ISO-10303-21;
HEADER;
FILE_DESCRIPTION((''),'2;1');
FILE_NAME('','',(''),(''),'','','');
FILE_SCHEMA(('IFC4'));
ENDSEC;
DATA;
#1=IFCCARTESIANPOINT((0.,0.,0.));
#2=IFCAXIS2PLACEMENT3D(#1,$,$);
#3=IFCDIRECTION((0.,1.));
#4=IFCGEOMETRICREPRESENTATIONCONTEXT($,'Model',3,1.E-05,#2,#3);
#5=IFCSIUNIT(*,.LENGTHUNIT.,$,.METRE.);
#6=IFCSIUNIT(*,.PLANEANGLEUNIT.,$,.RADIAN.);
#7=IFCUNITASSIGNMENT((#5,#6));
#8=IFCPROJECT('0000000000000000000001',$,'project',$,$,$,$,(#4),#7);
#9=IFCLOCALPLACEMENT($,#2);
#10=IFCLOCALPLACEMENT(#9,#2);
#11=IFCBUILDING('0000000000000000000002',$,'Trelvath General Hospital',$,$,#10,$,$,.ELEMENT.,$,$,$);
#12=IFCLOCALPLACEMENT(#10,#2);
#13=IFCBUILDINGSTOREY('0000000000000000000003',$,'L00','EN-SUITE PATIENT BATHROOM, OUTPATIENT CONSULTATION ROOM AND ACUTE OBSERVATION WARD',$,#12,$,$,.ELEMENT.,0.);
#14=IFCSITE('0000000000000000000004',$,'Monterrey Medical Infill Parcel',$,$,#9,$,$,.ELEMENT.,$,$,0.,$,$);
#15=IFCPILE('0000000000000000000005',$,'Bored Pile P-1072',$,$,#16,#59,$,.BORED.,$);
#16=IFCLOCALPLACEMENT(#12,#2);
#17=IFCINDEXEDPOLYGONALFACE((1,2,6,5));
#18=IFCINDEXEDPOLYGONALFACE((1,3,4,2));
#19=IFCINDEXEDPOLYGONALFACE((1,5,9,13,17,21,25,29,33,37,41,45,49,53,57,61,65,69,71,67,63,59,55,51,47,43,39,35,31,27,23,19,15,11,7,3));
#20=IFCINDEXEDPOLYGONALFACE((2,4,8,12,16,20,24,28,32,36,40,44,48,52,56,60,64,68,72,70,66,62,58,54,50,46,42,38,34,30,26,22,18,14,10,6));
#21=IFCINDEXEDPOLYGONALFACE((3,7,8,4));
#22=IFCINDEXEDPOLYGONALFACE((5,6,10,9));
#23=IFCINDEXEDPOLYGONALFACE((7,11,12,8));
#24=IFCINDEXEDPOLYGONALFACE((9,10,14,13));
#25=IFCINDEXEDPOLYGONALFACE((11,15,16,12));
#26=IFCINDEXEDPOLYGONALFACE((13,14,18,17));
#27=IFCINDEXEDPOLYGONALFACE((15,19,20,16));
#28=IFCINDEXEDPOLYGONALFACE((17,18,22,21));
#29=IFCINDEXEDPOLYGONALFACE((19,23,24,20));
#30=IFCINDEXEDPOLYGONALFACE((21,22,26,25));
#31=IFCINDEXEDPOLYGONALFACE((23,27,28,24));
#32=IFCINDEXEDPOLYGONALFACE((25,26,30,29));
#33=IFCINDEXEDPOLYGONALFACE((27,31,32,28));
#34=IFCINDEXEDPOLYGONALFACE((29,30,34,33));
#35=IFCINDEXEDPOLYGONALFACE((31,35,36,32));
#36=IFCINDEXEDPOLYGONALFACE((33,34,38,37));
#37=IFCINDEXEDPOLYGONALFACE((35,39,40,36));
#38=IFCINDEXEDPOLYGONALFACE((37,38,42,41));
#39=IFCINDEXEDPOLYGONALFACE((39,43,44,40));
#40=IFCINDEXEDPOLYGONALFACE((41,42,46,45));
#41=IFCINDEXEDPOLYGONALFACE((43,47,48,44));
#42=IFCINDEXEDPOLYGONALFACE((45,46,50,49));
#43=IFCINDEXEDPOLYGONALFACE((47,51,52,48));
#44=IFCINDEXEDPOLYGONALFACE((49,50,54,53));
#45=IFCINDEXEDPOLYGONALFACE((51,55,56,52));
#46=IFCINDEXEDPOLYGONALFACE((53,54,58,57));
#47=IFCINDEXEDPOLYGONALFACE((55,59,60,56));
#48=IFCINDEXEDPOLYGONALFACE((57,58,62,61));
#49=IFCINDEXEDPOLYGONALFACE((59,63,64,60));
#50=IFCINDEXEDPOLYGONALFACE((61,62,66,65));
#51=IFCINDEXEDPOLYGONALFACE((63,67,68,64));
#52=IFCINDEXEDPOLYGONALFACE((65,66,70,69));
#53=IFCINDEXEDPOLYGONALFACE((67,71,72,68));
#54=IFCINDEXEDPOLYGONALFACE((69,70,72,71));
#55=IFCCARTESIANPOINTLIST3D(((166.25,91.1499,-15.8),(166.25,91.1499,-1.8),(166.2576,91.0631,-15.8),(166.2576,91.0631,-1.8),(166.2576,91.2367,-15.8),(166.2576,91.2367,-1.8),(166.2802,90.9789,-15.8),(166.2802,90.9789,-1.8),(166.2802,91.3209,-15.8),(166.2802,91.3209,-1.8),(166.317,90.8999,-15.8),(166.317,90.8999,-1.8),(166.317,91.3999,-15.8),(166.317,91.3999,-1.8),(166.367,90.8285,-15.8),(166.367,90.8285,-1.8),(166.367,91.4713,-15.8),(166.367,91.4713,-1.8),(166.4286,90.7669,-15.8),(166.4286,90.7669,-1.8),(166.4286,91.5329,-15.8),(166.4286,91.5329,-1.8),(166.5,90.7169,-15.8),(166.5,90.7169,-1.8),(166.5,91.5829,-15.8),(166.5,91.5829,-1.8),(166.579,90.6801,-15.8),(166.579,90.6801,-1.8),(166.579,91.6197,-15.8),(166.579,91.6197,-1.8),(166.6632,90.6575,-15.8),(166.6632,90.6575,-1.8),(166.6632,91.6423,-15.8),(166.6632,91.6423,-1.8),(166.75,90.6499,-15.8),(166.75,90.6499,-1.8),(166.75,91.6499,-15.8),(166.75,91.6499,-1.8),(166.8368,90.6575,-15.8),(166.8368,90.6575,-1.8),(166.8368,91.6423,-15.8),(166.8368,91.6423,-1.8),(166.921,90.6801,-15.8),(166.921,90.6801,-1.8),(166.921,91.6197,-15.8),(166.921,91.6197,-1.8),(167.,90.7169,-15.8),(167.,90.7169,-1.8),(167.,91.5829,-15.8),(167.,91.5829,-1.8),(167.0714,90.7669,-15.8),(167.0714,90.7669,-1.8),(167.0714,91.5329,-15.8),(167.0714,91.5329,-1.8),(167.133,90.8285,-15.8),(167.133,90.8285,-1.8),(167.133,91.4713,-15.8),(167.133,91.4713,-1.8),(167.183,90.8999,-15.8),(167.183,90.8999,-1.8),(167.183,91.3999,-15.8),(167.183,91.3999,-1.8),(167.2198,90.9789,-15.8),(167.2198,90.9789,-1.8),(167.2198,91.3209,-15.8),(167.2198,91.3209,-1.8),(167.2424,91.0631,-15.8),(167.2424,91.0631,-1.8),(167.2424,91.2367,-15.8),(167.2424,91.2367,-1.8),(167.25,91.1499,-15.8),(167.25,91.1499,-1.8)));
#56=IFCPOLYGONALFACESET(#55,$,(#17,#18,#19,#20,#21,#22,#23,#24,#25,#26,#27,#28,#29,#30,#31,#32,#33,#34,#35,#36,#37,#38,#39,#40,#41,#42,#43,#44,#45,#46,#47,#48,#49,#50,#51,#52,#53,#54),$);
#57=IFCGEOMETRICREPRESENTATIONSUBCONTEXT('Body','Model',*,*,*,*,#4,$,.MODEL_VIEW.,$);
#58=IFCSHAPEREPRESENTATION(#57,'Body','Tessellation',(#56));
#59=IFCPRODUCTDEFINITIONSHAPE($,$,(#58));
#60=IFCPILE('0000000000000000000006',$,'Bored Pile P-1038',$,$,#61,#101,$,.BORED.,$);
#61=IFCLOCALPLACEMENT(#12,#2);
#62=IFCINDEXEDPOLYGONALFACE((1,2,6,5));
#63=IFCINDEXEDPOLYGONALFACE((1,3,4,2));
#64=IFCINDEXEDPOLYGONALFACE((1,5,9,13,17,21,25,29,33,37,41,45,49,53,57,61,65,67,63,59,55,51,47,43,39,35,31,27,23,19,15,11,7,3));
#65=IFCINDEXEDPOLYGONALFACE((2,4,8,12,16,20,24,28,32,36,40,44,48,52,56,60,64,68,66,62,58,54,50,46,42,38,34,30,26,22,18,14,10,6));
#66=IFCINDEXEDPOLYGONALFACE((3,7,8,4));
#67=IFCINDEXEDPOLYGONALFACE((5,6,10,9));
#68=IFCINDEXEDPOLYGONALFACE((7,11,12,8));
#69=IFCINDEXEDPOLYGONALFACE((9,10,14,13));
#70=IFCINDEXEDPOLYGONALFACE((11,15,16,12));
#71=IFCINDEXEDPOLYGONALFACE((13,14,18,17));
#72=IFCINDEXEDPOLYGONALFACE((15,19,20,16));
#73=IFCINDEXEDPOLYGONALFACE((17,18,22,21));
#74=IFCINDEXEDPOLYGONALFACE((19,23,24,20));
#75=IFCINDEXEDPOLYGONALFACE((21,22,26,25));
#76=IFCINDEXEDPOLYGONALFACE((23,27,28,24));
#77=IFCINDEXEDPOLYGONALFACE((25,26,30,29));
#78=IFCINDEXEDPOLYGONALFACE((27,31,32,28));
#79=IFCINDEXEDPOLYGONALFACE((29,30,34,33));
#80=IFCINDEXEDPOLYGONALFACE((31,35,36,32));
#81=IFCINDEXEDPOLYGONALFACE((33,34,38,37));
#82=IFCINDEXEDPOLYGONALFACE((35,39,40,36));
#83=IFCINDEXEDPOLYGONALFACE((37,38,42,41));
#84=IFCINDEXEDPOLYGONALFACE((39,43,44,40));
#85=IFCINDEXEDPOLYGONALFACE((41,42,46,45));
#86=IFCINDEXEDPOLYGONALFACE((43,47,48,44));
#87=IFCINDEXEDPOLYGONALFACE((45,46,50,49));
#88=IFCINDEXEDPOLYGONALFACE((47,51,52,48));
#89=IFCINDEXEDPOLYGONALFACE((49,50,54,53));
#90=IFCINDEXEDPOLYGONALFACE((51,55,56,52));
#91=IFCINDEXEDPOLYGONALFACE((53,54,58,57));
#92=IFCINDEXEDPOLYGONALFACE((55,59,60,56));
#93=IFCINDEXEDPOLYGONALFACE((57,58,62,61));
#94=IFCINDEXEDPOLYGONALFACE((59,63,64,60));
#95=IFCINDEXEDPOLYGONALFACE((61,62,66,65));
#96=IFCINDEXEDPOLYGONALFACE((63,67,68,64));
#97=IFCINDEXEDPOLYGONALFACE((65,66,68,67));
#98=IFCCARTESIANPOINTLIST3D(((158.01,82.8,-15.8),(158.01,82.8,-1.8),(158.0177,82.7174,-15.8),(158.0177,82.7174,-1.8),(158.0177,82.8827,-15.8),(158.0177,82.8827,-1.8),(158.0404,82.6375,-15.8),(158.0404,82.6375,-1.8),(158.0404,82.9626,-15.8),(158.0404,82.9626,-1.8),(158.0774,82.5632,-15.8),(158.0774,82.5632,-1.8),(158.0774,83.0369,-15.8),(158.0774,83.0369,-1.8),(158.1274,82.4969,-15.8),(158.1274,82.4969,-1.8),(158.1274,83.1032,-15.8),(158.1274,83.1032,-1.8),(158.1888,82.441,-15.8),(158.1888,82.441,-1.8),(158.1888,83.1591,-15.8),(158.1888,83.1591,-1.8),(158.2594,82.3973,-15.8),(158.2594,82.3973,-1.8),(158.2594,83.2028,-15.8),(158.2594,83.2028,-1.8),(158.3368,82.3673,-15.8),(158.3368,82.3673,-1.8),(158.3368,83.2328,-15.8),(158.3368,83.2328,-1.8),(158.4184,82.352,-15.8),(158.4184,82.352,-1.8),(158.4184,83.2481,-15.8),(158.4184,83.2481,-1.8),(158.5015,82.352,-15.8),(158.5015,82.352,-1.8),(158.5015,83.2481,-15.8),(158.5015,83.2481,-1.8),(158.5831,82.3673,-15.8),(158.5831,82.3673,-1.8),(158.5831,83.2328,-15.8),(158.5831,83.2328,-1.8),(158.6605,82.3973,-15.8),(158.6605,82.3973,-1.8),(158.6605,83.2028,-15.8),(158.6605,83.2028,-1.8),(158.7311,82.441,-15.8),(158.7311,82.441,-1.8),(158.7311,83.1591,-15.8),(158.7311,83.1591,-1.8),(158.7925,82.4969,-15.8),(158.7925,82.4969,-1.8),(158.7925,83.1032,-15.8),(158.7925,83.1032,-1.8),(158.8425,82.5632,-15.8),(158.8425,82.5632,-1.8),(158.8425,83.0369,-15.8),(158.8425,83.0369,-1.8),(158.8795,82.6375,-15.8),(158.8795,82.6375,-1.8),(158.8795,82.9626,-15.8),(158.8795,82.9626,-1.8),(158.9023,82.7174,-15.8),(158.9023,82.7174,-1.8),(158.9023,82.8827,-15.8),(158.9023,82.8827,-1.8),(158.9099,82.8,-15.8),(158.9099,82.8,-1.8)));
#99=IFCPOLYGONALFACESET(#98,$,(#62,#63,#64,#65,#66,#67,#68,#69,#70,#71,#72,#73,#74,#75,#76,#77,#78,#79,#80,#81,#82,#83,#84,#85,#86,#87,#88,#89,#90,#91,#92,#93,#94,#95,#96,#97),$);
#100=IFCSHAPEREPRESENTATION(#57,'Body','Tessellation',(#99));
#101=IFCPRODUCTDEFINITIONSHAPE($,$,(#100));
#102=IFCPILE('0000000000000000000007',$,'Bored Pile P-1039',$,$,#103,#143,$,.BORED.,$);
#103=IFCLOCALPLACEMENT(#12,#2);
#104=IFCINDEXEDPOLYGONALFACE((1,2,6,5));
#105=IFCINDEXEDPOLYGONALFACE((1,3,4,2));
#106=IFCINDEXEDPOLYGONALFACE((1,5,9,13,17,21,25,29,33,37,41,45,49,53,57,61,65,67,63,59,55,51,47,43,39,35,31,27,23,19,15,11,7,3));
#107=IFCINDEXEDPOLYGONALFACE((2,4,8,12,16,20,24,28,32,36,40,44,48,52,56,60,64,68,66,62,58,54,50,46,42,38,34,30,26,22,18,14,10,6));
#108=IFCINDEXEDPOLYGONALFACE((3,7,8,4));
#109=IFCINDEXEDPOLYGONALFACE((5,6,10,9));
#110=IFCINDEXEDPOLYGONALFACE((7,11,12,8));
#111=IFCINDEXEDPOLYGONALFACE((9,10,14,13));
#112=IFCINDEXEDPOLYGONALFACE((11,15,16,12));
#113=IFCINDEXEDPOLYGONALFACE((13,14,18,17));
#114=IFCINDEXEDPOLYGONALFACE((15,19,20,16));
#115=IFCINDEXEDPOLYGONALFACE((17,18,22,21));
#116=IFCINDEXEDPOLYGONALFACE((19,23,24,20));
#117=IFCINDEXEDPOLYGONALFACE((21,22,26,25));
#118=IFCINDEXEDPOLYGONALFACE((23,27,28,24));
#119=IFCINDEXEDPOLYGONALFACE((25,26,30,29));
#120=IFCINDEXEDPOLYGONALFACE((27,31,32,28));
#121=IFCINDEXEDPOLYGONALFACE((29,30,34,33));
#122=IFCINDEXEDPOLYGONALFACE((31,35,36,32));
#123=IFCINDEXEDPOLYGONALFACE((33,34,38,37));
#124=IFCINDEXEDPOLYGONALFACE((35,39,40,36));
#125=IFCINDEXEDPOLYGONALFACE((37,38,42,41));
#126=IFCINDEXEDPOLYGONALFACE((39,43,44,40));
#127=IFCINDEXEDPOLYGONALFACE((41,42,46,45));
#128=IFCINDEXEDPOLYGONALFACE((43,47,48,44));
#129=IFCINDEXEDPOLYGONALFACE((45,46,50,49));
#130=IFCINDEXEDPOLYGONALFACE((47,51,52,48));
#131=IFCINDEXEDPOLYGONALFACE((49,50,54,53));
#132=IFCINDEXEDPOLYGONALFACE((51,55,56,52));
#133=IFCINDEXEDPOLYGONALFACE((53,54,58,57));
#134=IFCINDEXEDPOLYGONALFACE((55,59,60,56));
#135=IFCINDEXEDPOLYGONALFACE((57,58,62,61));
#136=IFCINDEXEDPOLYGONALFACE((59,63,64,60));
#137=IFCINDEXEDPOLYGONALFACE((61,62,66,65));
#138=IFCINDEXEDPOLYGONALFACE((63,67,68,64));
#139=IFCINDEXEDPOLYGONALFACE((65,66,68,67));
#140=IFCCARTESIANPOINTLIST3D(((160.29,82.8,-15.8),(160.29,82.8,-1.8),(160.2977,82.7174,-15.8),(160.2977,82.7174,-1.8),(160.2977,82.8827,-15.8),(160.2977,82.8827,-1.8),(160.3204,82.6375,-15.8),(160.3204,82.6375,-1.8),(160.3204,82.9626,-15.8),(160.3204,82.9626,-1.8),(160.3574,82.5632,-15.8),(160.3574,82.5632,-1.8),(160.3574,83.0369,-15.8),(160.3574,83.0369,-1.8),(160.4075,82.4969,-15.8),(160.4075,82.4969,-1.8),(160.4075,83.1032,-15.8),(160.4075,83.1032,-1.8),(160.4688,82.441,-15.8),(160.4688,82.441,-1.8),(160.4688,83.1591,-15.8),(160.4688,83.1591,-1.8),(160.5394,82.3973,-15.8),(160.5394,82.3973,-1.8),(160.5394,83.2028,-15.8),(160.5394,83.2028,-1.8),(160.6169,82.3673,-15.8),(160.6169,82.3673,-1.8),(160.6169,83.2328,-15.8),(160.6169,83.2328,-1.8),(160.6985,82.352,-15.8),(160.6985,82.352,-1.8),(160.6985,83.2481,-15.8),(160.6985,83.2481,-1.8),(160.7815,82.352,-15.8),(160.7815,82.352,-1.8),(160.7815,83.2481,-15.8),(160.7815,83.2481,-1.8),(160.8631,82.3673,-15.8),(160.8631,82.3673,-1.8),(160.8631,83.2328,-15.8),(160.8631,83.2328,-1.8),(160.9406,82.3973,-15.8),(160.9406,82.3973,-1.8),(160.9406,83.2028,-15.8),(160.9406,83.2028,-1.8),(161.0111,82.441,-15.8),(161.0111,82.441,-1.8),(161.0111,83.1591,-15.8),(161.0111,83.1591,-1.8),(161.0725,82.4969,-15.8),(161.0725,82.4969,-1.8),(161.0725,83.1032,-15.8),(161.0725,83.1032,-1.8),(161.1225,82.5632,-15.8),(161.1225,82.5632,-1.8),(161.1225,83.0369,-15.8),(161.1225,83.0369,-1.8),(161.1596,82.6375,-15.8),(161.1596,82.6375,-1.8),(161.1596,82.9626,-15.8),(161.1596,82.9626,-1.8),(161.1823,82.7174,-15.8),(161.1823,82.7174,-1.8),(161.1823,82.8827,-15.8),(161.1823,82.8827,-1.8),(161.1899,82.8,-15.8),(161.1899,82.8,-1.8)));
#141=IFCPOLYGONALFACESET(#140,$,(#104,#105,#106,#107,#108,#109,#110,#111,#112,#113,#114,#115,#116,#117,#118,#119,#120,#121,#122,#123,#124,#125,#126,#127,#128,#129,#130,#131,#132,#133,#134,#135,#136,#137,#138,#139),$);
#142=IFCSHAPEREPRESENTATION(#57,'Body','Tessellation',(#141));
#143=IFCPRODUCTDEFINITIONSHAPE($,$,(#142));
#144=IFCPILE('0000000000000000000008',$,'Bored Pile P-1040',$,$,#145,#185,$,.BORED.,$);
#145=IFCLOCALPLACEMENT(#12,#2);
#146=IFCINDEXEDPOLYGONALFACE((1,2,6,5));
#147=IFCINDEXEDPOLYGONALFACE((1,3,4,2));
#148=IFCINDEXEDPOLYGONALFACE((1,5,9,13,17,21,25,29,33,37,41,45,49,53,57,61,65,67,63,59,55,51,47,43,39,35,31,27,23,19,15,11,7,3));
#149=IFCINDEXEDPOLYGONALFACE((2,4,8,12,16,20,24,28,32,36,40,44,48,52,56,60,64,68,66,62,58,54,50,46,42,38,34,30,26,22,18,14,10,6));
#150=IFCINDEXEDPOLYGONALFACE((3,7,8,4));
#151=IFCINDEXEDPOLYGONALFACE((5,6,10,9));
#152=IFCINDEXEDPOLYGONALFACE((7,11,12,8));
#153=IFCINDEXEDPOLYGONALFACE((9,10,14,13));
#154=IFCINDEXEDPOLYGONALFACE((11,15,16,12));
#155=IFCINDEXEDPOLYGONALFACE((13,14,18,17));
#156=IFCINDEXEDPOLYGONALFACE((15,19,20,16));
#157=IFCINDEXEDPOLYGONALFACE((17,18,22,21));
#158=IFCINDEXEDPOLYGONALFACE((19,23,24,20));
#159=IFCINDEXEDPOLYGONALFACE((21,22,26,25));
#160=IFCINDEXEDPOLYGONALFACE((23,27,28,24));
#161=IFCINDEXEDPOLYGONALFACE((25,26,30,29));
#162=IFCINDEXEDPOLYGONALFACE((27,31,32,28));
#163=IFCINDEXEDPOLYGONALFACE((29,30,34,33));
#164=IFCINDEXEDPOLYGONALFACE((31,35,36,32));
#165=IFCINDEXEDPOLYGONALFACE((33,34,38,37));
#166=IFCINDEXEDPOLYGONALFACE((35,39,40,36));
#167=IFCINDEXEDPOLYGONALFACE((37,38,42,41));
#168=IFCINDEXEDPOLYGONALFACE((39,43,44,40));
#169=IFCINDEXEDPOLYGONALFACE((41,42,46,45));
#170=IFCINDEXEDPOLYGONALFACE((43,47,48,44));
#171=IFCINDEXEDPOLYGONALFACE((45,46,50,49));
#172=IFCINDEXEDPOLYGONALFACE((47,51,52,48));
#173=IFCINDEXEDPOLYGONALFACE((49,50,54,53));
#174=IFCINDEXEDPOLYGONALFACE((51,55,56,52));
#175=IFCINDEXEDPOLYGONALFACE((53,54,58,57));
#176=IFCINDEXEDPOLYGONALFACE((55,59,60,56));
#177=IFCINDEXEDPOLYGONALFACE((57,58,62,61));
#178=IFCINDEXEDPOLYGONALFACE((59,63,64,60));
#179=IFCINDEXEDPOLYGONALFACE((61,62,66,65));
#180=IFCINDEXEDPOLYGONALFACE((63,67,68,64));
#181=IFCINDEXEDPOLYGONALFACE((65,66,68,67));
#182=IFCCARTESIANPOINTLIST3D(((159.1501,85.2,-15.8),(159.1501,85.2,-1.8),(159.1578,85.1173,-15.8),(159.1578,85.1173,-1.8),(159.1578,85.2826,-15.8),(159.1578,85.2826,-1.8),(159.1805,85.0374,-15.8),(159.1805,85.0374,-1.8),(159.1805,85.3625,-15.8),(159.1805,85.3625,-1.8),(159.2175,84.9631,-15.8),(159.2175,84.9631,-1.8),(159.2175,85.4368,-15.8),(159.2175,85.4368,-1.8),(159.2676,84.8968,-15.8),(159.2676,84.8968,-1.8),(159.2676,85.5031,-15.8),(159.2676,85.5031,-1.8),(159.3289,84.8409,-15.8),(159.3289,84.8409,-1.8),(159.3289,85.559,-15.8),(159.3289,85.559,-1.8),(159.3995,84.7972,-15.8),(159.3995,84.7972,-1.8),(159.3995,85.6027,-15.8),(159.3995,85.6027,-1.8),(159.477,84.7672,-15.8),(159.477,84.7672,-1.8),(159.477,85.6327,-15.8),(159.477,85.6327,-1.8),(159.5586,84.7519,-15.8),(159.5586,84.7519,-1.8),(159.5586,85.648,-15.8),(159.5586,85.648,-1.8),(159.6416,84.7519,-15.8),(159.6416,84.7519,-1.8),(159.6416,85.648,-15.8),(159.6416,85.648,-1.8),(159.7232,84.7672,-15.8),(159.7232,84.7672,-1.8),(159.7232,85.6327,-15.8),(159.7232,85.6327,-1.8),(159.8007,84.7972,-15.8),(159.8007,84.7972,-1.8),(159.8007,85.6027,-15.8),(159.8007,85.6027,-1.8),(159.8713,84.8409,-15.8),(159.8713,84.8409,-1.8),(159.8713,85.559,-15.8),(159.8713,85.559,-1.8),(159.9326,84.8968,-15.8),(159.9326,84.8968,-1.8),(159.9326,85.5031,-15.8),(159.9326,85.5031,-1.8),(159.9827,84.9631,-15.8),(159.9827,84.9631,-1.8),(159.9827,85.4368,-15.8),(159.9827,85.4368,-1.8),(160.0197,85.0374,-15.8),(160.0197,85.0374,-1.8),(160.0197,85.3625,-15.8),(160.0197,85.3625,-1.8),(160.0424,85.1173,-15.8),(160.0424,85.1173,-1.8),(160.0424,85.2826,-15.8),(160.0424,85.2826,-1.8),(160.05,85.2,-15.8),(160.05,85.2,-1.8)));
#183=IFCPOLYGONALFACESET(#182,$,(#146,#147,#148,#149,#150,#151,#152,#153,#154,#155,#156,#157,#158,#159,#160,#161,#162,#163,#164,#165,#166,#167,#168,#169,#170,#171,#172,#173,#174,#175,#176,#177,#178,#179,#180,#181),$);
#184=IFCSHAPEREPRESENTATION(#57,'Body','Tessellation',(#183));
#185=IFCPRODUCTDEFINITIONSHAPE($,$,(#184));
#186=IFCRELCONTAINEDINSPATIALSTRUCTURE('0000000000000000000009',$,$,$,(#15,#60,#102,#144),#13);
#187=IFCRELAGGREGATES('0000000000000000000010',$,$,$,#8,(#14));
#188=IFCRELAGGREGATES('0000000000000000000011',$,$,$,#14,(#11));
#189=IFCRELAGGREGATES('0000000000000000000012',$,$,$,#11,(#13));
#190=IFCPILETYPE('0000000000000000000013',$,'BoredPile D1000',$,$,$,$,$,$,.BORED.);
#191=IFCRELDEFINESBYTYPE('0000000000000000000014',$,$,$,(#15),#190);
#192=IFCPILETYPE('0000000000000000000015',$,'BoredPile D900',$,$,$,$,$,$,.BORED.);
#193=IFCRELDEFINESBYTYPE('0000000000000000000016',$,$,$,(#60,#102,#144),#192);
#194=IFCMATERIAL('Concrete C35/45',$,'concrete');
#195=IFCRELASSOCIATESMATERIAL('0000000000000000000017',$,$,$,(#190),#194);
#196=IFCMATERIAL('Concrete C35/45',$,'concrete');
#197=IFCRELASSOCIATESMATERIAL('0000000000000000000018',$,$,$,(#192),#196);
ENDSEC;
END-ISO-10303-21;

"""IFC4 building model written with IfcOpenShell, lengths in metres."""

from ifc_helpers import new_model, si_unit, direction, frame, origin, origin_2d, place, context, subcontext, project, spatial, circle, extrude, material, material_profile, profile_set, type_object, element, save


model = new_model("IFC4")

# Units and contexts
model_context = context("Model", 3, precision=1e-05, world=origin(), true_north=direction((0.0, 1.0)))
body_context = subcontext(model_context, "Body", "Model", "MODEL_VIEW")
ifc_project = project(units=[si_unit("LENGTHUNIT", "METRE"), si_unit("PLANEANGLEUNIT", "RADIAN")], contexts=[model_context])

# Site, building, storey
site_placement = place(None, origin())
site = spatial("IfcSite", under=ifc_project, at=site_placement, Name="Monterrey Medical Infill Parcel", CompositionType="ELEMENT", RefElevation=0.0)
building_placement = place(site_placement, origin())
building = spatial("IfcBuilding", under=site, at=building_placement, Name="Trelvath General Hospital", CompositionType="ELEMENT")
storey_placement = place(building_placement, origin())
storey = spatial("IfcBuildingStorey", under=building, at=storey_placement, Name="L00", Description="EN-SUITE PATIENT BATHROOM, OUTPATIENT CONSULTATION ROOM AND ACUTE OBSERVATION WARD", CompositionType="ELEMENT", Elevation=0.0)

# Piles
ifc_material_1 = material(Name="Concrete C35/45", Category="concrete")
ifc_material_profile_1 = material_profile(ifc_material_1, circle(Radius=0.5, at=origin_2d()), Name="PILE1000")
ifc_profile_set_1 = profile_set([ifc_material_profile_1], Name="Concrete C35/45")
pile_type_1 = type_object("IfcPileType", Name="BoredPile D1000", PredefinedType="BORED", material=ifc_profile_set_1)
pile_placement = place(storey_placement, frame((166.75, 91.1499, -1.8), z_axis=(0.0, 0.0, -1.0), x_axis=(1.0, 0.0, 0.0)))
element("IfcPile", 1, at=pile_placement, inside=storey, type_object=pile_type_1, Name="Bored Pile P-1072", PredefinedType="BORED", context=body_context, shape_type="SweptSolid", body=[
    extrude(circle(Radius=0.5, at=origin_2d()), origin(), (0.0, 0.0, 1.0), 14.0),
])
ifc_material_2 = material(Name="Concrete C35/45", Category="concrete")
ifc_material_profile_2 = material_profile(ifc_material_2, circle(Radius=0.45, at=origin_2d()), Name="PILE900")
ifc_profile_set_2 = profile_set([ifc_material_profile_2], Name="Concrete C35/45")
pile_type_2 = type_object("IfcPileType", Name="BoredPile D900", PredefinedType="BORED", material=ifc_profile_set_2)
for number, where, z_axis, x_axis, name in (
    (2, (158.46, 82.8, -1.8), (0.0, 0.0, -1.0), (1.0, 0.0, 0.0), "Bored Pile P-1038"),
    (3, (160.74, 82.8, -1.8), (0.0, 0.0, -1.0), (1.0, 0.0, 0.0), "Bored Pile P-1039"),
    (4, (159.6001, 85.2, -1.8), (0.0, 0.0, -1.0), (1.0, 0.0, 0.0), "Bored Pile P-1040"),
):
    element("IfcPile", number, at=place(storey_placement, frame(where, z_axis=z_axis, x_axis=x_axis)), inside=storey, type_object=pile_type_2, Name=name, PredefinedType="BORED", context=body_context, shape_type="SweptSolid", body=[
        extrude(circle(Radius=0.45, at=origin_2d()), origin(), (0.0, 0.0, 1.0), 14.0),
    ])

save(model, "model.ifc")
